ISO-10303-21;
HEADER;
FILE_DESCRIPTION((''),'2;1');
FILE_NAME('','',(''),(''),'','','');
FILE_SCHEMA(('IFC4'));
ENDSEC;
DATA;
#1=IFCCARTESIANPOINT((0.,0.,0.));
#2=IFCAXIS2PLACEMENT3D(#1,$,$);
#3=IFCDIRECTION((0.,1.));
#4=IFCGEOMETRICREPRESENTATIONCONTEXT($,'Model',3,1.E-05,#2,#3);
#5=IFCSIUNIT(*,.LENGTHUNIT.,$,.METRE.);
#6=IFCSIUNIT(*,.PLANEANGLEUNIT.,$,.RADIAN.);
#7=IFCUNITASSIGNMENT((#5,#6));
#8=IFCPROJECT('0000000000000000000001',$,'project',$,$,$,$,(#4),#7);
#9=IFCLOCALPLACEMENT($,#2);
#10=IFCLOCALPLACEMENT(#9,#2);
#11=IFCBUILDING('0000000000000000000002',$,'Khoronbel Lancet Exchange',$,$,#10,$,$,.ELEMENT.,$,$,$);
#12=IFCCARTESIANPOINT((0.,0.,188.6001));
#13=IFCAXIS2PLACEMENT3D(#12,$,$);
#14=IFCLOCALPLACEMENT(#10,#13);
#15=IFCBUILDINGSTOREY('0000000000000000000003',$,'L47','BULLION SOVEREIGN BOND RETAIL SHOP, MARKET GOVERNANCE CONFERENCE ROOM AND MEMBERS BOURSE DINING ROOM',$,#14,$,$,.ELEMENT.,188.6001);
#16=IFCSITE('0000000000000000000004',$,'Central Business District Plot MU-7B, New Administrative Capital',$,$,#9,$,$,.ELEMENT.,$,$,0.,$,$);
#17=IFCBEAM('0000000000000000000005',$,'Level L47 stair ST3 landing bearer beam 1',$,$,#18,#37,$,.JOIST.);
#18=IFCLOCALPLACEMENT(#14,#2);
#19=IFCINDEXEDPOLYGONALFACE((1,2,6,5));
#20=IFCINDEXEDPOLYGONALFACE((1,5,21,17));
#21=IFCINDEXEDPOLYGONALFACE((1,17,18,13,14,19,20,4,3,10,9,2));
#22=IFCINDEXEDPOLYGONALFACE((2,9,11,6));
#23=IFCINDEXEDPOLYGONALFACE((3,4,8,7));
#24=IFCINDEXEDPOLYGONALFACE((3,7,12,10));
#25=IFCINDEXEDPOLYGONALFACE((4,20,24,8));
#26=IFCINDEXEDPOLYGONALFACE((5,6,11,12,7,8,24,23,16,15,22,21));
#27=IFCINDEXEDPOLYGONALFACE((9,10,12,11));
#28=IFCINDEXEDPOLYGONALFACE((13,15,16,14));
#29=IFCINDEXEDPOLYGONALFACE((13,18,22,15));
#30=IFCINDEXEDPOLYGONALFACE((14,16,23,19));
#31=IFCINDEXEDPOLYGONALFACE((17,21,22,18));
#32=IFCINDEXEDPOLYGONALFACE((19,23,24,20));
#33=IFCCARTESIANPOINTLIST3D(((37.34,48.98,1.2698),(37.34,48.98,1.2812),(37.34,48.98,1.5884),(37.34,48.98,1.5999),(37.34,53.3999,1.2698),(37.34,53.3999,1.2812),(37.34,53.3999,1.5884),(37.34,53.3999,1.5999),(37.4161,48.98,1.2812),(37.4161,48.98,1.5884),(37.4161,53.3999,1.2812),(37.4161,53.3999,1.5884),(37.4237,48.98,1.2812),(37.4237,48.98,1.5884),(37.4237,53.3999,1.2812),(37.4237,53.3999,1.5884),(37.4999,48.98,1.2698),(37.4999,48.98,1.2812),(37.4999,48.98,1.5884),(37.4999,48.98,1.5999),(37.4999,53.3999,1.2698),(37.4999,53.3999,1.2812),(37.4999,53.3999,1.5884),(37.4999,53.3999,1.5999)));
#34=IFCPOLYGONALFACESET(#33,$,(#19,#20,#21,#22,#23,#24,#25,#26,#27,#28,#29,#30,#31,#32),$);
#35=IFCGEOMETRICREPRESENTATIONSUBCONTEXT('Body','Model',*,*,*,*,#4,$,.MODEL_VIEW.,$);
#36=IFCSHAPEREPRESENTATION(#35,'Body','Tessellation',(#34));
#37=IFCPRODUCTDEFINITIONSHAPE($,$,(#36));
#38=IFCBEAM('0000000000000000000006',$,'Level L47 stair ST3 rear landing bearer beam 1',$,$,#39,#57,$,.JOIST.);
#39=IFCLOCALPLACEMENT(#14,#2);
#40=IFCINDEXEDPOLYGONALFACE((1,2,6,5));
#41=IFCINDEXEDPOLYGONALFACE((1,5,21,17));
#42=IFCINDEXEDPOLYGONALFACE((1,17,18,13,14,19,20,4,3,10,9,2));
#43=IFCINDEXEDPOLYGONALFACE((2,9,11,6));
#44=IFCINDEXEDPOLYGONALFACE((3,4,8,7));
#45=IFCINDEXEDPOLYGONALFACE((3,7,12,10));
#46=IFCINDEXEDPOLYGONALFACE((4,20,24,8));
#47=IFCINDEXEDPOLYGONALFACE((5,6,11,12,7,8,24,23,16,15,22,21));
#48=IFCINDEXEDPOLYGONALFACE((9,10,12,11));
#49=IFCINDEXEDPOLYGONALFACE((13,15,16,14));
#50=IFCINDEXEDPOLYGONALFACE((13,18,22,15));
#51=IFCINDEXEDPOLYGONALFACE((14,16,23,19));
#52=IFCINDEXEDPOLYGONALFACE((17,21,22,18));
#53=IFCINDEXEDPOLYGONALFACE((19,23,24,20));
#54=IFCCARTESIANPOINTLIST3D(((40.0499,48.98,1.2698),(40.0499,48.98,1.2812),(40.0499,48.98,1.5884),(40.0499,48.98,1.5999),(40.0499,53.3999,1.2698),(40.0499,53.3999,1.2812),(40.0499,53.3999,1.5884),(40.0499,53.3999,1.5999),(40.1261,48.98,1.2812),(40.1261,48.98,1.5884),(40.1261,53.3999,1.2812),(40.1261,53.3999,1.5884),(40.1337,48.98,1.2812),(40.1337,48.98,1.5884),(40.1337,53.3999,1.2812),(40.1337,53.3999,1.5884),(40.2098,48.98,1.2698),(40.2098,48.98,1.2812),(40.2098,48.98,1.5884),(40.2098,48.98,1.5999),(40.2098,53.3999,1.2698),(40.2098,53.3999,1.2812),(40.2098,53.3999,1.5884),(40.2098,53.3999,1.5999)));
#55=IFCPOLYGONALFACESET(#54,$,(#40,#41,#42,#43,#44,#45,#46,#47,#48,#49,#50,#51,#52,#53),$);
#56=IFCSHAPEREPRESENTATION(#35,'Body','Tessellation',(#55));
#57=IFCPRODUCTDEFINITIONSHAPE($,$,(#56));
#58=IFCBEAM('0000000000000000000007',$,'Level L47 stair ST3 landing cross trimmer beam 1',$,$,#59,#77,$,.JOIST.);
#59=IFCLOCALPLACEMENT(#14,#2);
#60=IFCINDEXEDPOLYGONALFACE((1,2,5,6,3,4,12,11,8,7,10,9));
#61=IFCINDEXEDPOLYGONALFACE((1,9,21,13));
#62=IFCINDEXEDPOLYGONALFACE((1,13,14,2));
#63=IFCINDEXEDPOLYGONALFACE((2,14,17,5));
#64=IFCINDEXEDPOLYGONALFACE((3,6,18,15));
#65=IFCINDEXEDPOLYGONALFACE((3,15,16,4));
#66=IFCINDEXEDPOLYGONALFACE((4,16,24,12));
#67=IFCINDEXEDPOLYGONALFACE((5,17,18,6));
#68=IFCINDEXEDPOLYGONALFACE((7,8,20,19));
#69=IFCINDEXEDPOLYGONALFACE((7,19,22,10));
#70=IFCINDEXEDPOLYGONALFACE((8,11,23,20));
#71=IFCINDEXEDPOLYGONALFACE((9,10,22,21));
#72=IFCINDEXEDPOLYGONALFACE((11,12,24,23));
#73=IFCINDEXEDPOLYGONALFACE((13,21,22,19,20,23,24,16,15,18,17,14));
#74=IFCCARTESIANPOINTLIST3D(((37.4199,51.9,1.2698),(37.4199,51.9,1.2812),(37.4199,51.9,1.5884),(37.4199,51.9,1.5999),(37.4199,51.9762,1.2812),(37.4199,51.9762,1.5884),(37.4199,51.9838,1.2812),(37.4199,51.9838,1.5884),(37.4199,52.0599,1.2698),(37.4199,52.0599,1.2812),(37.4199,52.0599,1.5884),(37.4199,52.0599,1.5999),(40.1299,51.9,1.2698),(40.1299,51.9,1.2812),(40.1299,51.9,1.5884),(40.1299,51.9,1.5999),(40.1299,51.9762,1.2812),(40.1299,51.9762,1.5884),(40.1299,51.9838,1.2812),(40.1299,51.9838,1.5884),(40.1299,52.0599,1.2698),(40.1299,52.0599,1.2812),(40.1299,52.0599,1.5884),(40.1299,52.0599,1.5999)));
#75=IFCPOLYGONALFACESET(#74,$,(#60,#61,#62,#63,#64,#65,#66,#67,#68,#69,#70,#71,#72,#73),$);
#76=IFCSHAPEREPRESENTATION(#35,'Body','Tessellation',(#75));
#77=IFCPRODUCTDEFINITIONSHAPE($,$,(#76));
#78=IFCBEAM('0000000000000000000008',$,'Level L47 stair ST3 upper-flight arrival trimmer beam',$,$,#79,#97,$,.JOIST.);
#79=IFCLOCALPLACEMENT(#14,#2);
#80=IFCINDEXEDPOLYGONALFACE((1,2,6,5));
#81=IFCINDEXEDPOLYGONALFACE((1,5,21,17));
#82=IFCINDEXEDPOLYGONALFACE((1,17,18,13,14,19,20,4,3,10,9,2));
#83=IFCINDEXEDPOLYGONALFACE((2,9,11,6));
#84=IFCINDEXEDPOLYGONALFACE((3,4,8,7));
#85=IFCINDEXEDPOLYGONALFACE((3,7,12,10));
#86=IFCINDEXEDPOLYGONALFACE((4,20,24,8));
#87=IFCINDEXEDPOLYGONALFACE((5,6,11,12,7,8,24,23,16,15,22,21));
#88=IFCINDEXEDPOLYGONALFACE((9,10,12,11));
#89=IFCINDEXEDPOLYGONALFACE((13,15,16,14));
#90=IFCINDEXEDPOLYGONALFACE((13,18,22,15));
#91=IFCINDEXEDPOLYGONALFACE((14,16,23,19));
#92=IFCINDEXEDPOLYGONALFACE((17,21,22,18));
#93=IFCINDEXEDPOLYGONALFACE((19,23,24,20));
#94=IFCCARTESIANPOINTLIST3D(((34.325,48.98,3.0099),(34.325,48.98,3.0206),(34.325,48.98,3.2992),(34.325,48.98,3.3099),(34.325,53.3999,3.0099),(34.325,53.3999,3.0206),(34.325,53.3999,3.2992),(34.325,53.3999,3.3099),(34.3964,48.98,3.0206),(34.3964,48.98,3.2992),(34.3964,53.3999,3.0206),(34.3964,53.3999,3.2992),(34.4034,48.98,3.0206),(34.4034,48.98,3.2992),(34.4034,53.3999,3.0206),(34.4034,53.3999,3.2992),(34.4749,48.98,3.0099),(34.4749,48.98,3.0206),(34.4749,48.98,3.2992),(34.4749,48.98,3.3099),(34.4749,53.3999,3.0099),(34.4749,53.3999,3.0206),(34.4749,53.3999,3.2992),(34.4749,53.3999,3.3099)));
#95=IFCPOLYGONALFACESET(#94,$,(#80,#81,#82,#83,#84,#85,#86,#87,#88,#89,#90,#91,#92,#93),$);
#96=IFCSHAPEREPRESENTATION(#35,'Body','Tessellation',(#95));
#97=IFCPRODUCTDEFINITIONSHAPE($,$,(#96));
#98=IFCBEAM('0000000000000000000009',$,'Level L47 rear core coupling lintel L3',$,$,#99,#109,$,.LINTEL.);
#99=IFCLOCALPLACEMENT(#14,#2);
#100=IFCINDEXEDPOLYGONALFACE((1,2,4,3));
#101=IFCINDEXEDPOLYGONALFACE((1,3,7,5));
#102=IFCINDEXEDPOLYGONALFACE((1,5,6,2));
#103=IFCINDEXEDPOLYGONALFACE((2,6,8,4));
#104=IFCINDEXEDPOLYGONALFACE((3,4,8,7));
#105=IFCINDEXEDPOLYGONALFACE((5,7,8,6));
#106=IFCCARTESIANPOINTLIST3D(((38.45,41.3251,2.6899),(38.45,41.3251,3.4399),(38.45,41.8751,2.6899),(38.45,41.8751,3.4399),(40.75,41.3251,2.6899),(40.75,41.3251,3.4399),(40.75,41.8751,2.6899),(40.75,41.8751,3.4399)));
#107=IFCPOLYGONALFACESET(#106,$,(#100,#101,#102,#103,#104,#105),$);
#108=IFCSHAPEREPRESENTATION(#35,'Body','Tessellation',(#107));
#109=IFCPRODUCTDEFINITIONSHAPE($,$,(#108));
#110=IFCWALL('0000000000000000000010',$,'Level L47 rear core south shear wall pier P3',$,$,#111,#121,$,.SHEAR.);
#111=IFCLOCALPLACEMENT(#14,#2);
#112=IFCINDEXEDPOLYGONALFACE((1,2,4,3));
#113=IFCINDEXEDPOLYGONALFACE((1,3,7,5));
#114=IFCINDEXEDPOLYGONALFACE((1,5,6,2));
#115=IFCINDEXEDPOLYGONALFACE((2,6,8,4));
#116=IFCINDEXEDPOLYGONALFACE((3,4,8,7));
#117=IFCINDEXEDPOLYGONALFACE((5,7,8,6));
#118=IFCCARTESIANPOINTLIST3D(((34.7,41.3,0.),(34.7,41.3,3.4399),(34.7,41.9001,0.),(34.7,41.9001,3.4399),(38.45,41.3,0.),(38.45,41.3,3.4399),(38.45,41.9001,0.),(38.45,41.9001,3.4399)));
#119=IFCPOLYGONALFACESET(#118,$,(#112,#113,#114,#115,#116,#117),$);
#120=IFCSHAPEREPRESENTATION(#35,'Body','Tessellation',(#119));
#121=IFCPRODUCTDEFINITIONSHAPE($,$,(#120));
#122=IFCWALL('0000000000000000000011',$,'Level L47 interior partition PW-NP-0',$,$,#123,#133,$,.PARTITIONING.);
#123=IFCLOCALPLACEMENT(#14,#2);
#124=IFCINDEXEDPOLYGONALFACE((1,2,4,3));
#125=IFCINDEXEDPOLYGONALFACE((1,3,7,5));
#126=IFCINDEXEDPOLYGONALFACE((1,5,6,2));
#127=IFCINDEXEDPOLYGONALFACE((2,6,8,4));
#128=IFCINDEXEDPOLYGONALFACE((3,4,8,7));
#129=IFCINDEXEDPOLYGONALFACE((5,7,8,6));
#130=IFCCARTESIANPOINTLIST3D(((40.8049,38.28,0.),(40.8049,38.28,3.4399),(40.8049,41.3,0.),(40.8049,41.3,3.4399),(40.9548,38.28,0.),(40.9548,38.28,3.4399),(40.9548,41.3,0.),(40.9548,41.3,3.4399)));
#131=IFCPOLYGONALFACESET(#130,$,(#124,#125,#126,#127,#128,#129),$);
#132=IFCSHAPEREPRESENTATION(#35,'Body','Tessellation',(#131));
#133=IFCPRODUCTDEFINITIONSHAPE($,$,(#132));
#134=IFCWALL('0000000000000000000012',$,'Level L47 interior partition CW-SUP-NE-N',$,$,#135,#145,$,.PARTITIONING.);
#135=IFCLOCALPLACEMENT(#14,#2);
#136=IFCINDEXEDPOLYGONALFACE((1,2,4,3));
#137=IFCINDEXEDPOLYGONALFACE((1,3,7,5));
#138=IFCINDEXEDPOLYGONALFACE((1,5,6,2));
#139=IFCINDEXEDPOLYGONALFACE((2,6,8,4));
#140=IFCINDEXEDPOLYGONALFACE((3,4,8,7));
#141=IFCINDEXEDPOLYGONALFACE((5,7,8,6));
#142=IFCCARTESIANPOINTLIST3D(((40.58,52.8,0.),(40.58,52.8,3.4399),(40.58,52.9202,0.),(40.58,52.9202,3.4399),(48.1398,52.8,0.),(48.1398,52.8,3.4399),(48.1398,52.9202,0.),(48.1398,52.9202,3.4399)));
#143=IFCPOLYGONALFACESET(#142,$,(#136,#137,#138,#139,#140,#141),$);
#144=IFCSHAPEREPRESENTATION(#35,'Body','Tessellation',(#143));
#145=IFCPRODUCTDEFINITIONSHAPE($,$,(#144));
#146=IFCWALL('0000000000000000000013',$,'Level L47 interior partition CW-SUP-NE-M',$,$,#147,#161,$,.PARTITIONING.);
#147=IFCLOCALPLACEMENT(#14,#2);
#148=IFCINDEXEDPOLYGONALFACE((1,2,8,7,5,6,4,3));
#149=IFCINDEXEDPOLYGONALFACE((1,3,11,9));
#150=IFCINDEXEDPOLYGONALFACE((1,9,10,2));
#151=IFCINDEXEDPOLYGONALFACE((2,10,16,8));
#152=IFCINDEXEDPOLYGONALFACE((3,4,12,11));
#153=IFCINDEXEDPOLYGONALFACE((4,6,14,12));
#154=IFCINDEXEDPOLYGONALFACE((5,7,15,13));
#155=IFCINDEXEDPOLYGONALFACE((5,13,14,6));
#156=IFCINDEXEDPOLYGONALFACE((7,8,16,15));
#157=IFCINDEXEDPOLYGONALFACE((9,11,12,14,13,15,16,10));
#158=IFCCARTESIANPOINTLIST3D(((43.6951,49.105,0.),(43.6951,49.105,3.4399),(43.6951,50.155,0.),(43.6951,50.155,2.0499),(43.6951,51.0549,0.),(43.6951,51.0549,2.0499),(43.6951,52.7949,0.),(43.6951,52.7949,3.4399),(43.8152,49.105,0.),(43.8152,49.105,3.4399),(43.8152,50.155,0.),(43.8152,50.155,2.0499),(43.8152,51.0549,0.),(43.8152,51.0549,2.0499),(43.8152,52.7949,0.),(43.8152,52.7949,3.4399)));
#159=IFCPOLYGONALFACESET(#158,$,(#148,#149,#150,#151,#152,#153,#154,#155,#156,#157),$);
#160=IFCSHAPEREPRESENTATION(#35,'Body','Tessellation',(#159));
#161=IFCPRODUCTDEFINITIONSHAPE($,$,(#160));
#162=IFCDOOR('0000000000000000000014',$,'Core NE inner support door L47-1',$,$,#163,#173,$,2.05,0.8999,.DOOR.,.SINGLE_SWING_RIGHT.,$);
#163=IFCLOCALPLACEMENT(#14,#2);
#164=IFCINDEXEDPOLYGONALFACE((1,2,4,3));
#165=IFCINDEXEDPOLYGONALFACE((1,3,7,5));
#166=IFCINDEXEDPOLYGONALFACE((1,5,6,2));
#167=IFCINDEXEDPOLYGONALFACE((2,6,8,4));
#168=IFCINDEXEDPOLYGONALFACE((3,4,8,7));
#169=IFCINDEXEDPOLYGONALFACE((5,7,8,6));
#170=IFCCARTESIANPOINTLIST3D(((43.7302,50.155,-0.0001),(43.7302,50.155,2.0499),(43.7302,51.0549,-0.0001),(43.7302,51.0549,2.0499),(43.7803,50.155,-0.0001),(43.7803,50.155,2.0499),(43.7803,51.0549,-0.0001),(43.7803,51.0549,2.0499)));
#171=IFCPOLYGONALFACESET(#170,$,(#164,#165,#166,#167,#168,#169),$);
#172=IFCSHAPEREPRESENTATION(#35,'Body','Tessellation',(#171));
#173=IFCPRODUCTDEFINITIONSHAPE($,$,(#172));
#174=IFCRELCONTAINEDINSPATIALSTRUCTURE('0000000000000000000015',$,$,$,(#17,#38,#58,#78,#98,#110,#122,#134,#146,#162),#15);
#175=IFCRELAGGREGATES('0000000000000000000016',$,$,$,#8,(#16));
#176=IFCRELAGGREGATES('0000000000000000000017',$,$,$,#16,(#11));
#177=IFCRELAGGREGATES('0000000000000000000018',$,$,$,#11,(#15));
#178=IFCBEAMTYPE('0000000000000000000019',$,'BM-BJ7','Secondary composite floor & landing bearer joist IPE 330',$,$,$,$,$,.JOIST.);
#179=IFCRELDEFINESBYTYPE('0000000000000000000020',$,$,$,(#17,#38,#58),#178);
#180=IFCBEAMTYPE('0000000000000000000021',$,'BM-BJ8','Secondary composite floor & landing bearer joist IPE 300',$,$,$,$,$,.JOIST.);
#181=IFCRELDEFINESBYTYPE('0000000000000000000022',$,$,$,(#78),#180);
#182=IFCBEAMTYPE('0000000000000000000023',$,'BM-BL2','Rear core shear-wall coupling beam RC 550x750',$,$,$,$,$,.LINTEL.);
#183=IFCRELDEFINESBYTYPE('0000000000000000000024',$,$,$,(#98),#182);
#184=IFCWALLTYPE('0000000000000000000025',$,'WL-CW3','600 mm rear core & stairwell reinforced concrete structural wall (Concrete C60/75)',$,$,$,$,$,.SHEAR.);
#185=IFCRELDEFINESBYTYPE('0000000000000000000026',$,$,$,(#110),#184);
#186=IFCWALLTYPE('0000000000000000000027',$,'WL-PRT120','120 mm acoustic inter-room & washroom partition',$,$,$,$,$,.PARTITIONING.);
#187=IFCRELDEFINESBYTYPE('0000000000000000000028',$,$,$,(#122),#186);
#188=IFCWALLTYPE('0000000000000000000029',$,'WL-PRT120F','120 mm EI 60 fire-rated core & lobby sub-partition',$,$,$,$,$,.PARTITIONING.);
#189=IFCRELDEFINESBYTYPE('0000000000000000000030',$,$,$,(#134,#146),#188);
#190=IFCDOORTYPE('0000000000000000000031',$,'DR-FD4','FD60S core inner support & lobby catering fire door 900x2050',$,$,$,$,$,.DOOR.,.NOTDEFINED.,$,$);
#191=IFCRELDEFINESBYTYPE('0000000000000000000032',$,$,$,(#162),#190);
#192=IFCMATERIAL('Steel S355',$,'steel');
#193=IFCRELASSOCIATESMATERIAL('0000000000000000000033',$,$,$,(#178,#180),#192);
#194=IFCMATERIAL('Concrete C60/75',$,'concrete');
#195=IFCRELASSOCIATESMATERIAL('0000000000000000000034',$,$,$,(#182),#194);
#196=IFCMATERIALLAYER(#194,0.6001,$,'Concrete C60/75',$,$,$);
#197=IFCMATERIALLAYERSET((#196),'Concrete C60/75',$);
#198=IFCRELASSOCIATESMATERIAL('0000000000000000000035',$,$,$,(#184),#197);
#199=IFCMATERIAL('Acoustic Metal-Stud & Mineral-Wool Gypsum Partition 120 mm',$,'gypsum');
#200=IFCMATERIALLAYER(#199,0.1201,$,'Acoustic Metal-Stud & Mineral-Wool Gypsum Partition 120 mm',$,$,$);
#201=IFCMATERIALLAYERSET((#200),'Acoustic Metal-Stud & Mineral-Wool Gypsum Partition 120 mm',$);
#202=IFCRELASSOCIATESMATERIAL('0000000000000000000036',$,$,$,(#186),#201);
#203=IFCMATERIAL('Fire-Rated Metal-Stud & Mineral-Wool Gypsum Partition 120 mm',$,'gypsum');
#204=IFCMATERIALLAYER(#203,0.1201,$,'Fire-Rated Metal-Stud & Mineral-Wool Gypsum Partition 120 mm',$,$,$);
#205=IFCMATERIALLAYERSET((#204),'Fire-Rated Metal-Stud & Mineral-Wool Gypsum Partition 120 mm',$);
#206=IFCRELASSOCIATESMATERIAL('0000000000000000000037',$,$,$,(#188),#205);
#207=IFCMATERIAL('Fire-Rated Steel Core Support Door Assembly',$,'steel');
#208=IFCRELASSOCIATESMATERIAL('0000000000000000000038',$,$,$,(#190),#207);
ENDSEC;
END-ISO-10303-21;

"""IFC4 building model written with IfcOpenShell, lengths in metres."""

from ifc_helpers import new_model, si_unit, direction, frame, frame_2d, origin, origin_2d, place, context, subcontext, project, spatial, rectangle, i_section, extrude, material, layer, layer_set, material_profile, profile_set, type_object, element, fill, save


model = new_model("IFC4")

# Units and contexts
model_context = context("Model", 3, precision=1e-05, world=origin(), true_north=direction((0.0, 1.0)))
body_context = subcontext(model_context, "Body", "Model", "MODEL_VIEW")
ifc_project = project(units=[si_unit("LENGTHUNIT", "METRE"), si_unit("PLANEANGLEUNIT", "RADIAN")], contexts=[model_context])

# Site, building, storey
site_placement = place(None, origin())
site = spatial("IfcSite", under=ifc_project, at=site_placement, Name="Central Business District Plot MU-7B, New Administrative Capital", CompositionType="ELEMENT", RefElevation=0.0)
building_placement = place(site_placement, origin())
building = spatial("IfcBuilding", under=site, at=building_placement, Name="Khoronbel Lancet Exchange", CompositionType="ELEMENT")
storey_placement = place(building_placement, frame((0.0, 0.0, 188.6001)))
storey = spatial("IfcBuildingStorey", under=building, at=storey_placement, Name="L47", Description="BULLION SOVEREIGN BOND RETAIL SHOP, MARKET GOVERNANCE CONFERENCE ROOM AND MEMBERS BOURSE DINING ROOM", CompositionType="ELEMENT", Elevation=188.6001)

# Beams
ifc_material_1 = material(Name="Steel S355", Category="steel")
ifc_material_profile_1 = material_profile(ifc_material_1, i_section(OverallWidth=0.1599, OverallDepth=0.3301, WebThickness=0.0076, FlangeThickness=0.0115, at=origin_2d()), Name="IPE 330")
ifc_profile_set_1 = profile_set([ifc_material_profile_1], Name="Steel S355")
beam_type_1 = type_object("IfcBeamType", Name="BM-BJ7", Description="Secondary composite floor & landing bearer joist IPE 330", PredefinedType="JOIST", material=ifc_profile_set_1)
for number, where, z_axis, x_axis, name in (
    (1, (37.4199, 48.98, 1.4348), (0.0, 1.0, 0.0), (-1.0, 0.0, 0.0), "Level L47 stair ST3 landing bearer beam 1"),
    (2, (40.1299, 48.98, 1.4348), (0.0, 1.0, 0.0), (-1.0, 0.0, 0.0), "Level L47 stair ST3 rear landing bearer beam 1"),
):
    element("IfcBeam", number, at=place(storey_placement, frame(where, z_axis=z_axis, x_axis=x_axis)), inside=storey, type_object=beam_type_1, Name=name, PredefinedType="JOIST", context=body_context, shape_type="SweptSolid", body=[
        extrude(i_section(OverallWidth=0.1599, OverallDepth=0.3301, WebThickness=0.0076, FlangeThickness=0.0115, at=origin_2d()), origin(), (0.0, 0.0, 1.0), 4.4199),
    ])
beam_1_placement = place(storey_placement, frame((37.4199, 51.98, 1.4348), z_axis=(1.0, 0.0, 0.0), x_axis=(0.0, 1.0, 0.0)))
element("IfcBeam", 3, at=beam_1_placement, inside=storey, type_object=beam_type_1, Name="Level L47 stair ST3 landing cross trimmer beam 1", PredefinedType="JOIST", context=body_context, shape_type="SweptSolid", body=[
    extrude(i_section(OverallWidth=0.1599, OverallDepth=0.3301, WebThickness=0.0076, FlangeThickness=0.0115, at=origin_2d()), origin(), (0.0, 0.0, 1.0), 2.71),
])
ifc_material_profile_2 = material_profile(ifc_material_1, i_section(OverallWidth=0.1499, OverallDepth=0.3, WebThickness=0.0071, FlangeThickness=0.0107, at=origin_2d()), Name="IPE 300")
ifc_profile_set_2 = profile_set([ifc_material_profile_2], Name="Steel S355")
beam_type_2 = type_object("IfcBeamType", Name="BM-BJ8", Description="Secondary composite floor & landing bearer joist IPE 300", PredefinedType="JOIST", material=ifc_profile_set_2)
beam_2_placement = place(storey_placement, frame((34.3999, 48.98, 3.1599), z_axis=(0.0, 1.0, 0.0), x_axis=(-1.0, 0.0, 0.0)))
element("IfcBeam", 4, at=beam_2_placement, inside=storey, type_object=beam_type_2, Name="Level L47 stair ST3 upper-flight arrival trimmer beam", PredefinedType="JOIST", context=body_context, shape_type="SweptSolid", body=[
    extrude(i_section(OverallWidth=0.1499, OverallDepth=0.3, WebThickness=0.0071, FlangeThickness=0.0107, at=origin_2d()), origin(), (0.0, 0.0, 1.0), 4.4199),
])
ifc_material_2 = material(Name="Concrete C60/75", Category="concrete")
ifc_material_profile_3 = material_profile(ifc_material_2, rectangle(XDim=0.55, YDim=0.75, at=origin_2d()), Name="RC 550x750")
ifc_profile_set_3 = profile_set([ifc_material_profile_3], Name="Concrete C60/75")
beam_type_3 = type_object("IfcBeamType", Name="BM-BL2", Description="Rear core shear-wall coupling beam RC 550x750", PredefinedType="LINTEL", material=ifc_profile_set_3)
beam_3_placement = place(storey_placement, frame((38.45, 41.6001, 3.0649), z_axis=(1.0, 0.0, 0.0), x_axis=(0.0, 1.0, 0.0)))
element("IfcBeam", 5, at=beam_3_placement, inside=storey, type_object=beam_type_3, Name="Level L47 rear core coupling lintel L3", PredefinedType="LINTEL", context=body_context, shape_type="SweptSolid", body=[
    extrude(rectangle(XDim=0.55, YDim=0.75, at=origin_2d()), origin(), (0.0, 0.0, 1.0), 2.3),
])

# Walls
ifc_layer_1 = layer(ifc_material_2, 0.6001, Name="Concrete C60/75")
ifc_layer_set_1 = layer_set([ifc_layer_1], Name="Concrete C60/75")
wall_type_1 = type_object("IfcWallType", Name="WL-CW3", Description="600 mm rear core & stairwell reinforced concrete structural wall (Concrete C60/75)", PredefinedType="SHEAR", material=ifc_layer_set_1)
wall_1_placement = place(storey_placement, frame((38.45, 41.6001, 0.0), z_axis=(0.0, 0.0, 1.0), x_axis=(-1.0, 0.0, 0.0)))
element("IfcWall", 6, at=wall_1_placement, inside=storey, type_object=wall_type_1, Name="Level L47 rear core south shear wall pier P3", PredefinedType="SHEAR", context=body_context, shape_type="SweptSolid", body=[
    extrude(rectangle(XDim=3.75, YDim=0.6001, at=frame_2d((1.875, 0.0))), origin(), (0.0, 0.0, 1.0), 3.4399),
])
ifc_material_3 = material(Name="Acoustic Metal-Stud & Mineral-Wool Gypsum Partition 120 mm", Category="gypsum")
ifc_layer_2 = layer(ifc_material_3, 0.1201, Name="Acoustic Metal-Stud & Mineral-Wool Gypsum Partition 120 mm")
ifc_layer_set_2 = layer_set([ifc_layer_2], Name="Acoustic Metal-Stud & Mineral-Wool Gypsum Partition 120 mm")
wall_type_2 = type_object("IfcWallType", Name="WL-PRT120", Description="120 mm acoustic inter-room & washroom partition", PredefinedType="PARTITIONING", material=ifc_layer_set_2)
wall_2_placement = place(storey_placement, frame((40.8799, 38.28, 0.0), z_axis=(0.0, 0.0, 1.0), x_axis=(0.0, 1.0, 0.0)))
element("IfcWall", 7, at=wall_2_placement, inside=storey, type_object=wall_type_2, Name="Level L47 interior partition PW-NP-0", PredefinedType="PARTITIONING", context=body_context, shape_type="SweptSolid", body=[
    extrude(rectangle(XDim=3.02, YDim=0.1499, at=frame_2d((1.51, 0.0))), origin(), (0.0, 0.0, 1.0), 3.4399),
])
ifc_material_4 = material(Name="Fire-Rated Metal-Stud & Mineral-Wool Gypsum Partition 120 mm", Category="gypsum")
ifc_layer_3 = layer(ifc_material_4, 0.1201, Name="Fire-Rated Metal-Stud & Mineral-Wool Gypsum Partition 120 mm")
ifc_layer_set_3 = layer_set([ifc_layer_3], Name="Fire-Rated Metal-Stud & Mineral-Wool Gypsum Partition 120 mm")
wall_type_3 = type_object("IfcWallType", Name="WL-PRT120F", Description="120 mm EI 60 fire-rated core & lobby sub-partition", PredefinedType="PARTITIONING", material=ifc_layer_set_3)
wall_3_placement = place(storey_placement, frame((40.5801, 52.8601, 0.0), z_axis=(0.0, 0.0, 1.0), x_axis=(1.0, 0.0, 0.0)))
element("IfcWall", 8, at=wall_3_placement, inside=storey, type_object=wall_type_3, Name="Level L47 interior partition CW-SUP-NE-N", PredefinedType="PARTITIONING", context=body_context, shape_type="SweptSolid", body=[
    extrude(rectangle(XDim=7.5598, YDim=0.1201, at=frame_2d((3.7798, 0.0))), origin(), (0.0, 0.0, 1.0), 3.4399),
])

# Wall, opening, door
wall_4_placement = place(storey_placement, frame((43.7551, 49.105, 0.0), z_axis=(0.0, 0.0, 1.0), x_axis=(0.0, 1.0, 0.0)))
wall_4 = element("IfcWall", 9, at=wall_4_placement, inside=storey, type_object=wall_type_3, Name="Level L47 interior partition CW-SUP-NE-M", PredefinedType="PARTITIONING", context=body_context, shape_type="SweptSolid", body=[
    extrude(rectangle(XDim=3.6899, YDim=0.1201, at=frame_2d((1.845, 0.0))), origin(), (0.0, 0.0, 1.0), 3.4399),
])
opening_1_placement = place(wall_4_placement, frame((1.05, 0.0, 0.0)))
opening_1 = element("IfcOpeningElement", 10, at=opening_1_placement, cuts=wall_4, PredefinedType="OPENING", context=body_context, shape_type="SweptSolid", body=[
    extrude(rectangle(XDim=0.8999, YDim=2.05, at=frame_2d((0.45, 1.0249))), frame((0.0, 0.0701, 0.0), z_axis=(0.0, -1.0, 0.0), x_axis=(1.0, 0.0, 0.0)), (0.0, 0.0, 1.0), 0.1401),
])
ifc_material_5 = material(Name="Fire-Rated Steel Core Support Door Assembly", Category="steel")
door_type_1 = type_object("IfcDoorType", Name="DR-FD4", Description="FD60S core inner support & lobby catering fire door 900x2050", OperationType="NOTDEFINED", PredefinedType="DOOR", material=ifc_material_5)
door_1_placement = place(opening_1_placement, origin())
door_1 = element("IfcDoor", 11, at=door_1_placement, inside=storey, type_object=door_type_1, Name="Core NE inner support door L47-1", OperationType="SINGLE_SWING_RIGHT", OverallHeight=2.05, OverallWidth=0.8999, PredefinedType="DOOR", context=body_context, shape_type="SweptSolid", body=[
    extrude(rectangle(XDim=0.8999, YDim=2.05, at=frame_2d((0.45, 1.0249))), frame((0.0, 0.0249, 0.0), z_axis=(0.0, -1.0, 0.0), x_axis=(1.0, 0.0, 0.0)), (0.0, 0.0, 1.0), 0.05),
])
fill(opening_1, door_1)

save(model, "model.ifc")
